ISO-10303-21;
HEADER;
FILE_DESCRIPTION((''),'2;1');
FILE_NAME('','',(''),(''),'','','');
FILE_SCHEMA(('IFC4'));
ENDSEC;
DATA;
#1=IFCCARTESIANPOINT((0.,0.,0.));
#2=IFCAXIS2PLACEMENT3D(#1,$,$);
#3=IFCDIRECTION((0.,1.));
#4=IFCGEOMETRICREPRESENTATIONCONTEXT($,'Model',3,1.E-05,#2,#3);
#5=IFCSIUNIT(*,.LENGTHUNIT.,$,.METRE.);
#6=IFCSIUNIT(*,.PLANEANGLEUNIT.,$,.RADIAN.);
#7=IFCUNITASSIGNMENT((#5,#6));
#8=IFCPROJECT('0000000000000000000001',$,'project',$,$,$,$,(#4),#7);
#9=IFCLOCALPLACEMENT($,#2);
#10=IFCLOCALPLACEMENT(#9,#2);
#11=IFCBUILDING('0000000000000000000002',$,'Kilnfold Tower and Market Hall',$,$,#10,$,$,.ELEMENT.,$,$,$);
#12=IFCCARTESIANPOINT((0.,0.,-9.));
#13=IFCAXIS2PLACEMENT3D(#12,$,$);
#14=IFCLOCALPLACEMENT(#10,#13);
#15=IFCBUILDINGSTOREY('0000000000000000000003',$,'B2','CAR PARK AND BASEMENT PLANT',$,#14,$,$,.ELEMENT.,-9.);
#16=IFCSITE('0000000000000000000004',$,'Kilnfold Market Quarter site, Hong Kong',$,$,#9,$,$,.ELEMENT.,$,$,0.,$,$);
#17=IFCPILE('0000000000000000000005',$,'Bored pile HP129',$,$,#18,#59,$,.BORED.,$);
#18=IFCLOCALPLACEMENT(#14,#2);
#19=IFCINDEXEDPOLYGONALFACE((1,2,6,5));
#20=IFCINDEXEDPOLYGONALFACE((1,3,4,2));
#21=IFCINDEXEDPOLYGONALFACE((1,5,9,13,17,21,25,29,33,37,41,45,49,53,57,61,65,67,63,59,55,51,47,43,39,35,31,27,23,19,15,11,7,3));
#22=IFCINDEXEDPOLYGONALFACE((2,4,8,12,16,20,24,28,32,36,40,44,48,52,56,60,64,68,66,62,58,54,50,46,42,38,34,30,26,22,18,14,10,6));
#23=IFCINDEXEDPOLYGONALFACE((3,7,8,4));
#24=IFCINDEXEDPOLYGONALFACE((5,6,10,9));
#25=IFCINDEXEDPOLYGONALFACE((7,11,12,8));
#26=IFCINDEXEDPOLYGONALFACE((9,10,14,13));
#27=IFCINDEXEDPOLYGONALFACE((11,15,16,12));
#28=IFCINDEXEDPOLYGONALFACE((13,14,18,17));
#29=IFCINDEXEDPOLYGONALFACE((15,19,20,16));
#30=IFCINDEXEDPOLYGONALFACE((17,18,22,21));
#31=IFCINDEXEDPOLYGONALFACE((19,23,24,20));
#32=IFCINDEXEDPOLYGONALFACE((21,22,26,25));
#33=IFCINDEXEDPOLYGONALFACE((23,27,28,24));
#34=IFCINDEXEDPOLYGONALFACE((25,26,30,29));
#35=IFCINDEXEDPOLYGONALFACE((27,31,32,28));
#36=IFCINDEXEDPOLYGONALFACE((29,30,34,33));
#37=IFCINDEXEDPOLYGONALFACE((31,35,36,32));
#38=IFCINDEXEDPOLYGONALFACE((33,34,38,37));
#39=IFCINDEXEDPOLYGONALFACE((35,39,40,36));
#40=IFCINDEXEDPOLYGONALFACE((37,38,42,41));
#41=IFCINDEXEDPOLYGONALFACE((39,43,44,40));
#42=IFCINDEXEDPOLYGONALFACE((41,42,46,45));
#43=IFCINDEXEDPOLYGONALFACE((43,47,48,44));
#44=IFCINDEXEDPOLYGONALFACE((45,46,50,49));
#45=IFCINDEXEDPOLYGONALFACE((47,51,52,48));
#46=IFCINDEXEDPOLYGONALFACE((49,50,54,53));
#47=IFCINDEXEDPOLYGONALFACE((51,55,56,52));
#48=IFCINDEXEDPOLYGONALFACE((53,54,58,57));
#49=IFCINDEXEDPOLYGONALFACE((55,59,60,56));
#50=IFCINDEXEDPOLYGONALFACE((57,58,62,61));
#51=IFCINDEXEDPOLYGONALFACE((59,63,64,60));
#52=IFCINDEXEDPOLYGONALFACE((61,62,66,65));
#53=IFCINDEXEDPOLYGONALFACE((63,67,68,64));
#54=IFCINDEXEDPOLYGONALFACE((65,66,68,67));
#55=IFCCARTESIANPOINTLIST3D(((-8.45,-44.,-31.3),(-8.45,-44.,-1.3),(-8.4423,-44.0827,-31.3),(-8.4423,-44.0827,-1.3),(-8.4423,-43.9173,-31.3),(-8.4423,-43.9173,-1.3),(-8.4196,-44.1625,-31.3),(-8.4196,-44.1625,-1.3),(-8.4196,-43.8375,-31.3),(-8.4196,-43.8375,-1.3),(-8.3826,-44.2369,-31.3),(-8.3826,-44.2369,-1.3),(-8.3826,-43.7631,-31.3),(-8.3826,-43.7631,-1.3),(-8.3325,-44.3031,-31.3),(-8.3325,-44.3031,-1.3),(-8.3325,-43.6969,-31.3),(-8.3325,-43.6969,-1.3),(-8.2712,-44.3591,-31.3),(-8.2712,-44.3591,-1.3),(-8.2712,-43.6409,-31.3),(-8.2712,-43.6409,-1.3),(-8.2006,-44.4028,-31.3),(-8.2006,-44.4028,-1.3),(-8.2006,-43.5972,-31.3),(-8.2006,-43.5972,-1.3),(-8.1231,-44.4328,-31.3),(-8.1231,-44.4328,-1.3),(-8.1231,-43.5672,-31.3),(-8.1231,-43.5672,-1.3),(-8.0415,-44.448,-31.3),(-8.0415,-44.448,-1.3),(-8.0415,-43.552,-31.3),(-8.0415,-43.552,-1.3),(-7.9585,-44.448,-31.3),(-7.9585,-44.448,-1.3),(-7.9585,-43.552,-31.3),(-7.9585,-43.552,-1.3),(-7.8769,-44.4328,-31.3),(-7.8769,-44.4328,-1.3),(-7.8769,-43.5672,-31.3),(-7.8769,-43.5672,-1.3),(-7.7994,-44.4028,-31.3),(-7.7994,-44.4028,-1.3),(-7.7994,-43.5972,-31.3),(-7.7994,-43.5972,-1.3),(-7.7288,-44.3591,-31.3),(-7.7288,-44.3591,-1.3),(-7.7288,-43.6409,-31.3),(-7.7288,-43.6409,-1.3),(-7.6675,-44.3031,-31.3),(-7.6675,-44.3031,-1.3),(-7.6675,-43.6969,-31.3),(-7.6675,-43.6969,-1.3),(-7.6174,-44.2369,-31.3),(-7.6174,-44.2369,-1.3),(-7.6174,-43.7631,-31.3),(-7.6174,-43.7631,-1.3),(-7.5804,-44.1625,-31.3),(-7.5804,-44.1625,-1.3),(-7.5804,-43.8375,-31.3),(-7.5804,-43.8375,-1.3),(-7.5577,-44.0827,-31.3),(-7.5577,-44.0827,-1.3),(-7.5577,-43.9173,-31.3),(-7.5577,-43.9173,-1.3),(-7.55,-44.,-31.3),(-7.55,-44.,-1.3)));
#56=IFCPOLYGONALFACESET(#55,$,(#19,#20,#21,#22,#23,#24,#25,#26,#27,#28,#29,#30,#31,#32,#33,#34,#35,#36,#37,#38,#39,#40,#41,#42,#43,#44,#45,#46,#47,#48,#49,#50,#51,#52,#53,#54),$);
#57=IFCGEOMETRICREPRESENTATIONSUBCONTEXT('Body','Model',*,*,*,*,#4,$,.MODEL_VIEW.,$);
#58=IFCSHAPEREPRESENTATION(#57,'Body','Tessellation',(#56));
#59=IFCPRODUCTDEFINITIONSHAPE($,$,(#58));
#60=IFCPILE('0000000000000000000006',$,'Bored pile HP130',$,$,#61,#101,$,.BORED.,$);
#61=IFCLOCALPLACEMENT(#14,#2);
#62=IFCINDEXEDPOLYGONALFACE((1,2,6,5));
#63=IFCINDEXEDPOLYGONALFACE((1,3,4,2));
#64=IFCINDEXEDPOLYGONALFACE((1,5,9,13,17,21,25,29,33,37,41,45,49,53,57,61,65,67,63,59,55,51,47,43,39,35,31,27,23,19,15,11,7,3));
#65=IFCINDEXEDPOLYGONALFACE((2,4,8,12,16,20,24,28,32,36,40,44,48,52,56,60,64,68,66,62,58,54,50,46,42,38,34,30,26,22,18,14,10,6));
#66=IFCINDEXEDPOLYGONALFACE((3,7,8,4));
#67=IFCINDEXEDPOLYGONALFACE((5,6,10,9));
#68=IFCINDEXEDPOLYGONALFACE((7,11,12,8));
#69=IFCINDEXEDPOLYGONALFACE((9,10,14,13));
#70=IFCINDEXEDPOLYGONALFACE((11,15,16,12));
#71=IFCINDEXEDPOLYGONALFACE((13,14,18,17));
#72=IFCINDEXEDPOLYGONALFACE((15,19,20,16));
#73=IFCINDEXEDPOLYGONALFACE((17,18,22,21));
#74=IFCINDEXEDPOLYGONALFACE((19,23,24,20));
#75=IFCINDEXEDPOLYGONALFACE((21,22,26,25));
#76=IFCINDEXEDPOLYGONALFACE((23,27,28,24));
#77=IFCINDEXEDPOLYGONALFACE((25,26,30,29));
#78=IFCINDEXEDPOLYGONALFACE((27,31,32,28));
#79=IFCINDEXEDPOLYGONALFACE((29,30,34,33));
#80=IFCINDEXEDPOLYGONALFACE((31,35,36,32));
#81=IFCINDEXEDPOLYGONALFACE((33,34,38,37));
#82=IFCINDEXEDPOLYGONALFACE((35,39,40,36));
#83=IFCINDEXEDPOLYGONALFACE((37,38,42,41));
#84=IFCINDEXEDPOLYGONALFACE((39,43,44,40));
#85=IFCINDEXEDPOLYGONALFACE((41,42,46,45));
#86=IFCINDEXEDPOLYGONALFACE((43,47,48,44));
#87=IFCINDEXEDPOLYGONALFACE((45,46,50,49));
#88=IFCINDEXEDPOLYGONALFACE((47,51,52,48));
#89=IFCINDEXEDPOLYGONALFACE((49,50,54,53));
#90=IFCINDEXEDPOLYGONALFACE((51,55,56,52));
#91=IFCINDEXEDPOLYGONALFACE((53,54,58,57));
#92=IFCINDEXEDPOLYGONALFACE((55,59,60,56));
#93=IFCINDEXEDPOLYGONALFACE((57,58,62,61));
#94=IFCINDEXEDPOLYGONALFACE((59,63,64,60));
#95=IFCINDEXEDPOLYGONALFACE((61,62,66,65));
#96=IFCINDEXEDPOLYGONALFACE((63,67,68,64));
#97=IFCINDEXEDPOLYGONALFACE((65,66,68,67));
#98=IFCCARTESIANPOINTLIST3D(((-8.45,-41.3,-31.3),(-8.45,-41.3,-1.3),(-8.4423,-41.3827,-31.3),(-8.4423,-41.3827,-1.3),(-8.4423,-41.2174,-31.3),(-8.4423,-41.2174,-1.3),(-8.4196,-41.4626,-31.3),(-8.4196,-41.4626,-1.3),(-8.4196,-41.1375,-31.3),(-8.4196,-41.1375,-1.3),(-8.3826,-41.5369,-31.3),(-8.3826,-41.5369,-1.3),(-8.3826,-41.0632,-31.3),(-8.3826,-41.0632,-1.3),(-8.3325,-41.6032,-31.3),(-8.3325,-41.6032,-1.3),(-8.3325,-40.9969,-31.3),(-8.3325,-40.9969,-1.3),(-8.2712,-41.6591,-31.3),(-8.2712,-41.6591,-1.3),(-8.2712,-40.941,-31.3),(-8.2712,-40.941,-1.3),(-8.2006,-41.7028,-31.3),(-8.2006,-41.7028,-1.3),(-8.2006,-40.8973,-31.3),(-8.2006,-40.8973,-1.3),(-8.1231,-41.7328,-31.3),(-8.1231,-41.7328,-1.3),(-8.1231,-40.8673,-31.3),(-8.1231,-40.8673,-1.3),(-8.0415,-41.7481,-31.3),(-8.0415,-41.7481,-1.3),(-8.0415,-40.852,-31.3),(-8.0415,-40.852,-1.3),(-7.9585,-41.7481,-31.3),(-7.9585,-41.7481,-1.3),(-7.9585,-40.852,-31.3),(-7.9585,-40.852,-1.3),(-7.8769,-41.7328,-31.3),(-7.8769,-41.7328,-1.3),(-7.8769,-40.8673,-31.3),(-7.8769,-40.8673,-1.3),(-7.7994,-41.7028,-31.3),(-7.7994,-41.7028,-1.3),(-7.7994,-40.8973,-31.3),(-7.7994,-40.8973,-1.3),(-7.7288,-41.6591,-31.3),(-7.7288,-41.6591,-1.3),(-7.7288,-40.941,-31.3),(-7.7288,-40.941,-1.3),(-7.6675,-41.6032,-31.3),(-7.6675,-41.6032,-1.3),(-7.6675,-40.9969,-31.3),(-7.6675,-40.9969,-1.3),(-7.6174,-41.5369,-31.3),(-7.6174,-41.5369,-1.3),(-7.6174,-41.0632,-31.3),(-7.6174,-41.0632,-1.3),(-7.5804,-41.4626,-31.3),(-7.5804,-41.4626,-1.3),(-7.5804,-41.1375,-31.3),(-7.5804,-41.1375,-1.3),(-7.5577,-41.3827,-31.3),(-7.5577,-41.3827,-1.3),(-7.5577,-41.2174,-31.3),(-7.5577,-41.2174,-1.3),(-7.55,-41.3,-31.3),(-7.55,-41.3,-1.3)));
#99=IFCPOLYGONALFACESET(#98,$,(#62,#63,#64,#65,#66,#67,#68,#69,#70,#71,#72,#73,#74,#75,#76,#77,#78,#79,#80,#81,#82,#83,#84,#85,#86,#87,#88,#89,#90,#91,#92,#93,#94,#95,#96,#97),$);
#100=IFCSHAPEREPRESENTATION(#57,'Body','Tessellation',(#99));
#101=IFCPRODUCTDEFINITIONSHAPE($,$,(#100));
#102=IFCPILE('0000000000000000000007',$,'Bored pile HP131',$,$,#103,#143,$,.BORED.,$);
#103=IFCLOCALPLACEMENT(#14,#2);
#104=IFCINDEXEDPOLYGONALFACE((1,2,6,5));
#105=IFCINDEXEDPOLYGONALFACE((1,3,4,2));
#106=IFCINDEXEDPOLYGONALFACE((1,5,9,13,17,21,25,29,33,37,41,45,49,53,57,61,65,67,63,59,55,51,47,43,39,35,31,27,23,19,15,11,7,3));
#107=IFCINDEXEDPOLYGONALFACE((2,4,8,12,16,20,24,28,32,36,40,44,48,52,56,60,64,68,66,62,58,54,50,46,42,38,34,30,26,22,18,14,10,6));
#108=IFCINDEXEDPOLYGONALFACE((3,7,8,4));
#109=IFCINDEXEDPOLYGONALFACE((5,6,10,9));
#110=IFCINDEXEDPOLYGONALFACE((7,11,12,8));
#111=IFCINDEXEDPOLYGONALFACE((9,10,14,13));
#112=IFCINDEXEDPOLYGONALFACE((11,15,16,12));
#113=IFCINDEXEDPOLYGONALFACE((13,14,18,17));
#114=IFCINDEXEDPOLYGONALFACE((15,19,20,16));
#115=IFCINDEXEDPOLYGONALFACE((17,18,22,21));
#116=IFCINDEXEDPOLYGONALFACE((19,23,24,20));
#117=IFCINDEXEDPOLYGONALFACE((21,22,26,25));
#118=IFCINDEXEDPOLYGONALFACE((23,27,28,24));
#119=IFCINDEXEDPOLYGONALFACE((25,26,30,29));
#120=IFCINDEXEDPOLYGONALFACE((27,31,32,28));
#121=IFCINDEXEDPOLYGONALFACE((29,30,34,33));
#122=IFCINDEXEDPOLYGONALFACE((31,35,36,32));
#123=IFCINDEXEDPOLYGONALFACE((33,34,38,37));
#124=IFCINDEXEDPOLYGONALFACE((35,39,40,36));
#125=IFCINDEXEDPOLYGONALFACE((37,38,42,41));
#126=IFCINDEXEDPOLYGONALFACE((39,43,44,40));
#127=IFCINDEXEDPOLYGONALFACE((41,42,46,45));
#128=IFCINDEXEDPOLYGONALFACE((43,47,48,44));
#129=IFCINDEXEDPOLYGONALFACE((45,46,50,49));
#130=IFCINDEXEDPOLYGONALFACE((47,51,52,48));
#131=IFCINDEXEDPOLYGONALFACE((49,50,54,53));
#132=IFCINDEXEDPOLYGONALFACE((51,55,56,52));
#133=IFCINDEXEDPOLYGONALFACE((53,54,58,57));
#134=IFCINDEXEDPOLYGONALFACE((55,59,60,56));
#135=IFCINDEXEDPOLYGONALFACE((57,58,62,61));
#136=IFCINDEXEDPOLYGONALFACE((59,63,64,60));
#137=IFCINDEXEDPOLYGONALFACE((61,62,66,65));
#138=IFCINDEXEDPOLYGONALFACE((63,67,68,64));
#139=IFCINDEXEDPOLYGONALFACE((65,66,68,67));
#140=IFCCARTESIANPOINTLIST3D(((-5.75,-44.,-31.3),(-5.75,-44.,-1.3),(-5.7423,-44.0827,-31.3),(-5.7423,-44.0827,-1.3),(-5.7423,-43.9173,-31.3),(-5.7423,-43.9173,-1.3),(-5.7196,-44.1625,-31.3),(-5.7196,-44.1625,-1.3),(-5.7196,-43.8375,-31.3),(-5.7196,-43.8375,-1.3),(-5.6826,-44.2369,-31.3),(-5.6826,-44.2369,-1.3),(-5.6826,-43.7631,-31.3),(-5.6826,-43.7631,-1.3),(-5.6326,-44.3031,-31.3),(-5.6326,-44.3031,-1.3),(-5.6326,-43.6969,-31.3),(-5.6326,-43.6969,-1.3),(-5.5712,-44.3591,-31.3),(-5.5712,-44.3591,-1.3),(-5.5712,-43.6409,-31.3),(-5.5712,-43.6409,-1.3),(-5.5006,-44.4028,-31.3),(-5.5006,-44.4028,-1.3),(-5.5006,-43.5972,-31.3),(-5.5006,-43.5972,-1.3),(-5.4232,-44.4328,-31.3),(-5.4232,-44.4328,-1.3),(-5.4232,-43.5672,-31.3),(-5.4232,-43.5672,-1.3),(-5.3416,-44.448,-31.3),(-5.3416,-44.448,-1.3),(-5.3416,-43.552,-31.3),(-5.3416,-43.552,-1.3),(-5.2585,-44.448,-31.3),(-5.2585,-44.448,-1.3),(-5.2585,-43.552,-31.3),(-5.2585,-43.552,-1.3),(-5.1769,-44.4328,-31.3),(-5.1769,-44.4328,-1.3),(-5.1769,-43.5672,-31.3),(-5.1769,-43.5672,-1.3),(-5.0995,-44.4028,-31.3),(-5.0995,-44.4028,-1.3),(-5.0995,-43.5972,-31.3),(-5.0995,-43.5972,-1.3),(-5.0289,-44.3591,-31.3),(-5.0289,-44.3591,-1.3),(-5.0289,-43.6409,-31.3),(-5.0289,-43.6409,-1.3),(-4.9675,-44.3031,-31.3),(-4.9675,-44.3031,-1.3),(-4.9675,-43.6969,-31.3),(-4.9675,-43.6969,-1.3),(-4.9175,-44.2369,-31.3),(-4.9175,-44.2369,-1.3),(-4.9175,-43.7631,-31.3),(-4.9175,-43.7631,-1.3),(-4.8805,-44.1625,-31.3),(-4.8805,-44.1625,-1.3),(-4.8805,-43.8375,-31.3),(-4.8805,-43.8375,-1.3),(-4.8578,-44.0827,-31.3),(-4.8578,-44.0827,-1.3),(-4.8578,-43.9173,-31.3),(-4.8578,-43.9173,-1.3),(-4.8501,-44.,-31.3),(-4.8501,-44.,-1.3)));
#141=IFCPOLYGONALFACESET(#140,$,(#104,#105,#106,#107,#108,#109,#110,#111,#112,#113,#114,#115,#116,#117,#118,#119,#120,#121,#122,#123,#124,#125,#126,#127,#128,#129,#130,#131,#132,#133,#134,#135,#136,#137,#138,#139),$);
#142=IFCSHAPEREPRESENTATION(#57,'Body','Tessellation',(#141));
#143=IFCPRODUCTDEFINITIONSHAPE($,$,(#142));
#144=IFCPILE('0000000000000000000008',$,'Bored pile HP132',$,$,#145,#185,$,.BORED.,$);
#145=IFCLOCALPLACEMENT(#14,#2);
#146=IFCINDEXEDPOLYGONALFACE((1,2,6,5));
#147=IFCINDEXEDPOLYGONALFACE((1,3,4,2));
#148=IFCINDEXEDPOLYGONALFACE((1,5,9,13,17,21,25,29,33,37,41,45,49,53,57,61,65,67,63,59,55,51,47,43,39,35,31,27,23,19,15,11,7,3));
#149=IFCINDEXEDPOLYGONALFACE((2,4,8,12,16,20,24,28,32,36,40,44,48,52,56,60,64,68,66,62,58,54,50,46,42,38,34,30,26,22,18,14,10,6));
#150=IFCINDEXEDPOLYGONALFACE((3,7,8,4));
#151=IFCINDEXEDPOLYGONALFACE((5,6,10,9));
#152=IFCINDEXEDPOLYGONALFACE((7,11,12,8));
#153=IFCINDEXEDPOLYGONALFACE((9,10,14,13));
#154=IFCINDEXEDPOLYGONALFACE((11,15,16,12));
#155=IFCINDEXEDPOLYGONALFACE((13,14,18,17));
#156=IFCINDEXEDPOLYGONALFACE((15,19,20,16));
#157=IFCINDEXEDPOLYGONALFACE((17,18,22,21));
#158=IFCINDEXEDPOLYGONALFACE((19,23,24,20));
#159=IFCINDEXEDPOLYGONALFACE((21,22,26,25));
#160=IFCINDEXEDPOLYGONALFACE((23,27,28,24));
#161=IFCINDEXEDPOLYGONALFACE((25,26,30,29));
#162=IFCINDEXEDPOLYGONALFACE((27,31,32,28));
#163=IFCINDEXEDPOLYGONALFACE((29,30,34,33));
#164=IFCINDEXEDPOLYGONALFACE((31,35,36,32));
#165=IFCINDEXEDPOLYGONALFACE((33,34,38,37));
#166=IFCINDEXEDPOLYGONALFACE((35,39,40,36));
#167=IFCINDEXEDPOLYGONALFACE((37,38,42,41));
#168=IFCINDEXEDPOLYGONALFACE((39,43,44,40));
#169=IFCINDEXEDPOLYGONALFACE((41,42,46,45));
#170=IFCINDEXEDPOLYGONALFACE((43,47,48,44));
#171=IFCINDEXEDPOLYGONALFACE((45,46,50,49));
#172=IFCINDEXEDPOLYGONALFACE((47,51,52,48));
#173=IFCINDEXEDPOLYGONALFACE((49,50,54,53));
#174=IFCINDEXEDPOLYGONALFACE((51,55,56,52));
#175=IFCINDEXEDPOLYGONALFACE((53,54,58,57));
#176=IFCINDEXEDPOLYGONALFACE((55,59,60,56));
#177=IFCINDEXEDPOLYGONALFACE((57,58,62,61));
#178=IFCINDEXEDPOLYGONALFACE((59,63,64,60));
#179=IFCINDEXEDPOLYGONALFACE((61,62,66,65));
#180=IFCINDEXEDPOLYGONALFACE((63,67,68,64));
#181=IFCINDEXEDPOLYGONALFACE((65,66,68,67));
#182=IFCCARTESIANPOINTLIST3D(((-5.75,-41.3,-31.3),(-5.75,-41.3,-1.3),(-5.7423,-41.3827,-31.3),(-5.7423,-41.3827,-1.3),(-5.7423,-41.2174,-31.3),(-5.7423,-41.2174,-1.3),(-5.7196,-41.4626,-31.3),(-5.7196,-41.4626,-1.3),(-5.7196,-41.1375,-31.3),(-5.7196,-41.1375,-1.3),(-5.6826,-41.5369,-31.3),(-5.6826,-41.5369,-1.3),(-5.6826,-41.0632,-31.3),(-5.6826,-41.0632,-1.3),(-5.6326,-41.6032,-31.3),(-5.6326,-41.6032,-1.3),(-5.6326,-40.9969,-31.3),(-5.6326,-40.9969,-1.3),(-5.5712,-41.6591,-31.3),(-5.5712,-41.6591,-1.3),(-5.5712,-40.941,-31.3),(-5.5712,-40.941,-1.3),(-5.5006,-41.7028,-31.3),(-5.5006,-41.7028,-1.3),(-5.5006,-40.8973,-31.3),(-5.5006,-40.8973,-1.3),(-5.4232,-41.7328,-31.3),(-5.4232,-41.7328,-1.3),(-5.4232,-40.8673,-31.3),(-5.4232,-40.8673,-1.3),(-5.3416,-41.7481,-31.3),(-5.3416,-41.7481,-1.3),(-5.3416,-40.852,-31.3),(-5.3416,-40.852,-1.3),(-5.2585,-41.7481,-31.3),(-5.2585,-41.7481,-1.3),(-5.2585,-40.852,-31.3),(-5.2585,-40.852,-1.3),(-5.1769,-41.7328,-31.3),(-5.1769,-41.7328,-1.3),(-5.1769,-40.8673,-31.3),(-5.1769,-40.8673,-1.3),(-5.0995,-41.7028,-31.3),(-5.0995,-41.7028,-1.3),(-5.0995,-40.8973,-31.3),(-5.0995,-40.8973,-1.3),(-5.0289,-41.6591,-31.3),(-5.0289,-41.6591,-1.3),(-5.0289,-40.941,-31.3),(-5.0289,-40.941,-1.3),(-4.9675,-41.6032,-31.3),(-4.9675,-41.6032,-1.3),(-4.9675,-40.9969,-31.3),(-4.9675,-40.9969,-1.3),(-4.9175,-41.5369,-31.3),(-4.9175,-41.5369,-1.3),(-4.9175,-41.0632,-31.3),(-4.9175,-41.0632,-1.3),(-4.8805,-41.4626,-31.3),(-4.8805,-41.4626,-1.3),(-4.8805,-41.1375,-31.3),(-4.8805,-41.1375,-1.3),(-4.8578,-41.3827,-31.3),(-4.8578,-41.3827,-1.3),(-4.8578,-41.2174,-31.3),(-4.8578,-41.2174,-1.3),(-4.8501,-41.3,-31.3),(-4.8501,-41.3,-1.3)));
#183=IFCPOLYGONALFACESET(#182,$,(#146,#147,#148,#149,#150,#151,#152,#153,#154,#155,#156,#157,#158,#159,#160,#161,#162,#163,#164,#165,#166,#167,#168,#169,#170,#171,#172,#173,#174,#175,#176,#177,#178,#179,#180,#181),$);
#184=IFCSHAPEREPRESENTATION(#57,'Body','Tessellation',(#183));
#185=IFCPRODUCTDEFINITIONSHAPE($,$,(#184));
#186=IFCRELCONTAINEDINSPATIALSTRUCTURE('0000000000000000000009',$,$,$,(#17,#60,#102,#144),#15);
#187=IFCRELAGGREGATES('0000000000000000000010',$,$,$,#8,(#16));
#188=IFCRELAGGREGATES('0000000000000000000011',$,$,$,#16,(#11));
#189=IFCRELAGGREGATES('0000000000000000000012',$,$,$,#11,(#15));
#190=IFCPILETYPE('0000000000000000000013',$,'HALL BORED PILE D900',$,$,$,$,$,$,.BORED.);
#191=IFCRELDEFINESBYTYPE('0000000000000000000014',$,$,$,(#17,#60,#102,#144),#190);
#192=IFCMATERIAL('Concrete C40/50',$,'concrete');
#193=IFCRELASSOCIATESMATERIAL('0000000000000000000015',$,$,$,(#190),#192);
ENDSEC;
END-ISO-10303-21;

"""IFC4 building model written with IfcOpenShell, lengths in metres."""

from ifc_helpers import new_model, si_unit, direction, frame, origin, origin_2d, place, context, subcontext, project, spatial, circle, extrude, source, transform, mapped, material, material_profile, profile_set, type_object, element, save


model = new_model("IFC4")

# Units and contexts
model_context = context("Model", 3, precision=1e-05, world=origin(), true_north=direction((0.0, 1.0)))
body_context = subcontext(model_context, "Body", "Model", "MODEL_VIEW")
ifc_project = project(units=[si_unit("LENGTHUNIT", "METRE"), si_unit("PLANEANGLEUNIT", "RADIAN")], contexts=[model_context])

# Site, building, storey
site_placement = place(None, origin())
site = spatial("IfcSite", under=ifc_project, at=site_placement, Name="Kilnfold Market Quarter site, Hong Kong", CompositionType="ELEMENT", RefElevation=0.0)
building_placement = place(site_placement, origin())
building = spatial("IfcBuilding", under=site, at=building_placement, Name="Kilnfold Tower and Market Hall", CompositionType="ELEMENT")
storey_placement = place(building_placement, frame((0.0, 0.0, -9.0)))
storey = spatial("IfcBuildingStorey", under=building, at=storey_placement, Name="B2", Description="CAR PARK AND BASEMENT PLANT", CompositionType="ELEMENT", Elevation=-9.0)

# Piles
ifc_material_1 = material(Name="Concrete C40/50", Category="concrete")
ifc_material_profile_1 = material_profile(ifc_material_1, circle(Radius=0.45, at=origin_2d()), Name="D900")
ifc_profile_set_1 = profile_set([ifc_material_profile_1], Name="Concrete C40/50")
pile_type_1 = type_object("IfcPileType", Name="HALL BORED PILE D900", PredefinedType="BORED", material=ifc_profile_set_1)
shared_shape_1 = source(origin(), body_context, "Body", "SweptSolid", [
    extrude(circle(Radius=0.45, at=origin_2d()), origin(), (0.0, 0.0, 1.0), 30.0),
])
for number, where, z_axis, x_axis, name in (
    (1, (-8.0, -44.0, -1.3), (0.0, 0.0, -1.0), (1.0, 0.0, 0.0), "Bored pile HP129"),
    (2, (-8.0, -41.3, -1.3), (0.0, 0.0, -1.0), (1.0, 0.0, 0.0), "Bored pile HP130"),
    (3, (-5.3, -44.0, -1.3), (0.0, 0.0, -1.0), (1.0, 0.0, 0.0), "Bored pile HP131"),
    (4, (-5.3, -41.3, -1.3), (0.0, 0.0, -1.0), (1.0, 0.0, 0.0), "Bored pile HP132"),
):
    element("IfcPile", number, at=place(storey_placement, frame(where, z_axis=z_axis, x_axis=x_axis)), inside=storey, type_object=pile_type_1, Name=name, PredefinedType="BORED", context=body_context, shape_type="MappedRepresentation", body=[
        mapped(shared_shape_1, transform((0.0, 0.0, 0.0))),
    ])

save(model, "model.ifc")
